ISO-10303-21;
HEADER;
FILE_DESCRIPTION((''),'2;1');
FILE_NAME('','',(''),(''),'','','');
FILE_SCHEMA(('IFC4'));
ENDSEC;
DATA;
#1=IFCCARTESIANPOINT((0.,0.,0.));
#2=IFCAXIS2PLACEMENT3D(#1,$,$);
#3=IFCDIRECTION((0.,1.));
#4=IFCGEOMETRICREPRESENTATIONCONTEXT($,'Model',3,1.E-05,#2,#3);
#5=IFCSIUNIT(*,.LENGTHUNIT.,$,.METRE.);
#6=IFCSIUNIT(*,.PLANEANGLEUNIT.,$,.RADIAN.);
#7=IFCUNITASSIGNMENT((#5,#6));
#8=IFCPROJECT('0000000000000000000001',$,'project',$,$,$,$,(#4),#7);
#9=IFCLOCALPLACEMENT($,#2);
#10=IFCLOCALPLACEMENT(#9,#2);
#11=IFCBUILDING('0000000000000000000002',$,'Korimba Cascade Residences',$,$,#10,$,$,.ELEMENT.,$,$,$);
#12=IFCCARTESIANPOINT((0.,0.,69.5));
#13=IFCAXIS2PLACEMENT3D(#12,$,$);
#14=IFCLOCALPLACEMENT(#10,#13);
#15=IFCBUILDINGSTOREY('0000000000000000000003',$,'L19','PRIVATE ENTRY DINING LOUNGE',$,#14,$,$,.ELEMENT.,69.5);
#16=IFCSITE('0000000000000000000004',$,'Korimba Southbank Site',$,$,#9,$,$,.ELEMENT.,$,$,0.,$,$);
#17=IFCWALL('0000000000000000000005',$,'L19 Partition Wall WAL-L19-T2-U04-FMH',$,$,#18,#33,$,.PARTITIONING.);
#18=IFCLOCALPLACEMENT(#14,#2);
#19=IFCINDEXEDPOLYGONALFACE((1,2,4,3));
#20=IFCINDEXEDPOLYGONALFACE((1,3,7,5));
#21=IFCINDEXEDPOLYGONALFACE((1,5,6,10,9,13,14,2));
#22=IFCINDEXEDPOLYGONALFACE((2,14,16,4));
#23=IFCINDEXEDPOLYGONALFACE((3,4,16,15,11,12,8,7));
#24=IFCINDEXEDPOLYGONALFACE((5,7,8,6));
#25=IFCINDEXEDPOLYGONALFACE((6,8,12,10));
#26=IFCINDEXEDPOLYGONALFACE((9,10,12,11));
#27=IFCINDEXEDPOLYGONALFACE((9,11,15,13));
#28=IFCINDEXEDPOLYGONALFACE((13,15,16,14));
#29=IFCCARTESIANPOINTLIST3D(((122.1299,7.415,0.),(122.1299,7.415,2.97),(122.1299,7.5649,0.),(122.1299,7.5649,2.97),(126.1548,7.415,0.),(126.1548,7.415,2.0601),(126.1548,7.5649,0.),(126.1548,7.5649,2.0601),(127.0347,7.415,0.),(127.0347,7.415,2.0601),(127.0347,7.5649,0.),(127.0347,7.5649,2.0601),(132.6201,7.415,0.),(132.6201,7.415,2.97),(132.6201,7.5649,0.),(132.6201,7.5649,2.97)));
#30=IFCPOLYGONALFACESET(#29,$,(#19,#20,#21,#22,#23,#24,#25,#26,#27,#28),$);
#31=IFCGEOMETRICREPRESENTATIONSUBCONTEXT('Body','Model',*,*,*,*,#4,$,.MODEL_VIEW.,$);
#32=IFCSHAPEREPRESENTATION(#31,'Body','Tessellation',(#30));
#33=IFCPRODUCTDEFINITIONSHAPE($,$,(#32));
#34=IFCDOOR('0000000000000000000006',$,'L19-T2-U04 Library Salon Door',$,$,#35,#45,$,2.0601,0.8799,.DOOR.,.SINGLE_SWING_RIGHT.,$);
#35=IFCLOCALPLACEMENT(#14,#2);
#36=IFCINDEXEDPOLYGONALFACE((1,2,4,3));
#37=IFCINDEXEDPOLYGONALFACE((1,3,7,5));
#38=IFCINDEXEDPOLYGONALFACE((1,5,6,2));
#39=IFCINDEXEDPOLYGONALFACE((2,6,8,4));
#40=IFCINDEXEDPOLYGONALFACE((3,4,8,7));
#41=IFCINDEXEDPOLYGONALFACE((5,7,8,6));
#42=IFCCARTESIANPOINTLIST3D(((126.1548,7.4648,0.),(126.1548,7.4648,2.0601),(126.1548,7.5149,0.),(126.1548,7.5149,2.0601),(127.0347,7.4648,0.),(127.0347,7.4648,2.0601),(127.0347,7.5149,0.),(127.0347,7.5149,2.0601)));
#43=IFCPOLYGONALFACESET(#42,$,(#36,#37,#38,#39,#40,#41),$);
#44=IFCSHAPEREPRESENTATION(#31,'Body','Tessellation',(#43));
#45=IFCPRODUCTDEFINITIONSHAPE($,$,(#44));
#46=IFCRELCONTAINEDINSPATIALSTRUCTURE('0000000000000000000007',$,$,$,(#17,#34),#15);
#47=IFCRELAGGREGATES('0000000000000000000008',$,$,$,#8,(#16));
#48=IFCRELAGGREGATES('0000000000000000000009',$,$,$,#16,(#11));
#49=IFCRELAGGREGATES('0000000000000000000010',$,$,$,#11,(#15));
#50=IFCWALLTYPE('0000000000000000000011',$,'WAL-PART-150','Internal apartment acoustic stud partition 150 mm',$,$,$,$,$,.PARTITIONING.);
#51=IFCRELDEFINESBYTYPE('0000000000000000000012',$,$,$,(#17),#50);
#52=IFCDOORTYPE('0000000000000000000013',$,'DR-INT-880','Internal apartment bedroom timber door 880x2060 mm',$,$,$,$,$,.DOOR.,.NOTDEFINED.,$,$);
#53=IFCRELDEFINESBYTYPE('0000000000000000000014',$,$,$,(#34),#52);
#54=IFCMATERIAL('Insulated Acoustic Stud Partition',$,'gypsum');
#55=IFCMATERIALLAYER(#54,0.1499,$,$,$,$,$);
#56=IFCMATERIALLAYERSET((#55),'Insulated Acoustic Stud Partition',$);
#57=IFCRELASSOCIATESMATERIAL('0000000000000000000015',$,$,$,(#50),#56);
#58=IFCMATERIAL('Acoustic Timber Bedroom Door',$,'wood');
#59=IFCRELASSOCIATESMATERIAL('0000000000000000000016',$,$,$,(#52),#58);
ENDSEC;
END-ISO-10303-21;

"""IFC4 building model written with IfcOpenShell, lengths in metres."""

from ifc_helpers import new_model, si_unit, direction, frame, frame_2d, origin, place, context, subcontext, project, spatial, rectangle, extrude, material, layer, layer_set, type_object, element, fill, save


model = new_model("IFC4")

# Units and contexts
model_context = context("Model", 3, precision=1e-05, world=origin(), true_north=direction((0.0, 1.0)))
body_context = subcontext(model_context, "Body", "Model", "MODEL_VIEW")
ifc_project = project(units=[si_unit("LENGTHUNIT", "METRE"), si_unit("PLANEANGLEUNIT", "RADIAN")], contexts=[model_context])

# Site, building, storey
site_placement = place(None, origin())
site = spatial("IfcSite", under=ifc_project, at=site_placement, Name="Korimba Southbank Site", CompositionType="ELEMENT", RefElevation=0.0)
building_placement = place(site_placement, origin())
building = spatial("IfcBuilding", under=site, at=building_placement, Name="Korimba Cascade Residences", CompositionType="ELEMENT")
storey_placement = place(building_placement, frame((0.0, 0.0, 69.5)))
storey = spatial("IfcBuildingStorey", under=building, at=storey_placement, Name="L19", Description="PRIVATE ENTRY DINING LOUNGE", CompositionType="ELEMENT", Elevation=69.5)

# Wall, opening, door
ifc_material_1 = material(Name="Insulated Acoustic Stud Partition", Category="gypsum")
ifc_layer_1 = layer(ifc_material_1, 0.1499)
ifc_layer_set_1 = layer_set([ifc_layer_1], Name="Insulated Acoustic Stud Partition")
wall_type_1 = type_object("IfcWallType", Name="WAL-PART-150", Description="Internal apartment acoustic stud partition 150 mm", PredefinedType="PARTITIONING", material=ifc_layer_set_1)
wall_1_placement = place(storey_placement, frame((122.1299, 7.49, 0.0), z_axis=(0.0, 0.0, 1.0), x_axis=(1.0, 0.0, 0.0)))
wall_1 = element("IfcWall", 1, at=wall_1_placement, inside=storey, type_object=wall_type_1, Name="L19 Partition Wall WAL-L19-T2-U04-FMH", PredefinedType="PARTITIONING", context=body_context, shape_type="SweptSolid", body=[
    extrude(rectangle(XDim=10.4902, YDim=0.1499, at=frame_2d((5.2451, 0.0))), origin(), (0.0, 0.0, 1.0), 2.97),
])
opening_1_placement = place(wall_1_placement, frame((4.0249, 0.0, 0.0)))
opening_1 = element("IfcOpeningElement", 2, at=opening_1_placement, cuts=wall_1, PredefinedType="OPENING", context=body_context, shape_type="SweptSolid", body=[
    extrude(rectangle(XDim=0.8799, YDim=2.0601, at=frame_2d((0.4399, 1.03))), frame((0.0, 0.085, 0.0), z_axis=(0.0, -1.0, 0.0), x_axis=(1.0, 0.0, 0.0)), (0.0, 0.0, 1.0), 0.1699),
])
ifc_material_2 = material(Name="Acoustic Timber Bedroom Door", Category="wood")
door_type_1 = type_object("IfcDoorType", Name="DR-INT-880", Description="Internal apartment bedroom timber door 880x2060 mm", OperationType="NOTDEFINED", PredefinedType="DOOR", material=ifc_material_2)
door_1_placement = place(opening_1_placement, origin())
door_1 = element("IfcDoor", 3, at=door_1_placement, inside=storey, type_object=door_type_1, Name="L19-T2-U04 Library Salon Door", OperationType="SINGLE_SWING_RIGHT", OverallHeight=2.0601, OverallWidth=0.8799, PredefinedType="DOOR", context=body_context, shape_type="SweptSolid", body=[
    extrude(rectangle(XDim=0.8799, YDim=2.0601, at=frame_2d((0.4399, 1.03))), frame((0.0, 0.0249, 0.0), z_axis=(0.0, -1.0, 0.0), x_axis=(1.0, 0.0, 0.0)), (0.0, 0.0, 1.0), 0.05),
])
fill(opening_1, door_1)

save(model, "model.ifc")
